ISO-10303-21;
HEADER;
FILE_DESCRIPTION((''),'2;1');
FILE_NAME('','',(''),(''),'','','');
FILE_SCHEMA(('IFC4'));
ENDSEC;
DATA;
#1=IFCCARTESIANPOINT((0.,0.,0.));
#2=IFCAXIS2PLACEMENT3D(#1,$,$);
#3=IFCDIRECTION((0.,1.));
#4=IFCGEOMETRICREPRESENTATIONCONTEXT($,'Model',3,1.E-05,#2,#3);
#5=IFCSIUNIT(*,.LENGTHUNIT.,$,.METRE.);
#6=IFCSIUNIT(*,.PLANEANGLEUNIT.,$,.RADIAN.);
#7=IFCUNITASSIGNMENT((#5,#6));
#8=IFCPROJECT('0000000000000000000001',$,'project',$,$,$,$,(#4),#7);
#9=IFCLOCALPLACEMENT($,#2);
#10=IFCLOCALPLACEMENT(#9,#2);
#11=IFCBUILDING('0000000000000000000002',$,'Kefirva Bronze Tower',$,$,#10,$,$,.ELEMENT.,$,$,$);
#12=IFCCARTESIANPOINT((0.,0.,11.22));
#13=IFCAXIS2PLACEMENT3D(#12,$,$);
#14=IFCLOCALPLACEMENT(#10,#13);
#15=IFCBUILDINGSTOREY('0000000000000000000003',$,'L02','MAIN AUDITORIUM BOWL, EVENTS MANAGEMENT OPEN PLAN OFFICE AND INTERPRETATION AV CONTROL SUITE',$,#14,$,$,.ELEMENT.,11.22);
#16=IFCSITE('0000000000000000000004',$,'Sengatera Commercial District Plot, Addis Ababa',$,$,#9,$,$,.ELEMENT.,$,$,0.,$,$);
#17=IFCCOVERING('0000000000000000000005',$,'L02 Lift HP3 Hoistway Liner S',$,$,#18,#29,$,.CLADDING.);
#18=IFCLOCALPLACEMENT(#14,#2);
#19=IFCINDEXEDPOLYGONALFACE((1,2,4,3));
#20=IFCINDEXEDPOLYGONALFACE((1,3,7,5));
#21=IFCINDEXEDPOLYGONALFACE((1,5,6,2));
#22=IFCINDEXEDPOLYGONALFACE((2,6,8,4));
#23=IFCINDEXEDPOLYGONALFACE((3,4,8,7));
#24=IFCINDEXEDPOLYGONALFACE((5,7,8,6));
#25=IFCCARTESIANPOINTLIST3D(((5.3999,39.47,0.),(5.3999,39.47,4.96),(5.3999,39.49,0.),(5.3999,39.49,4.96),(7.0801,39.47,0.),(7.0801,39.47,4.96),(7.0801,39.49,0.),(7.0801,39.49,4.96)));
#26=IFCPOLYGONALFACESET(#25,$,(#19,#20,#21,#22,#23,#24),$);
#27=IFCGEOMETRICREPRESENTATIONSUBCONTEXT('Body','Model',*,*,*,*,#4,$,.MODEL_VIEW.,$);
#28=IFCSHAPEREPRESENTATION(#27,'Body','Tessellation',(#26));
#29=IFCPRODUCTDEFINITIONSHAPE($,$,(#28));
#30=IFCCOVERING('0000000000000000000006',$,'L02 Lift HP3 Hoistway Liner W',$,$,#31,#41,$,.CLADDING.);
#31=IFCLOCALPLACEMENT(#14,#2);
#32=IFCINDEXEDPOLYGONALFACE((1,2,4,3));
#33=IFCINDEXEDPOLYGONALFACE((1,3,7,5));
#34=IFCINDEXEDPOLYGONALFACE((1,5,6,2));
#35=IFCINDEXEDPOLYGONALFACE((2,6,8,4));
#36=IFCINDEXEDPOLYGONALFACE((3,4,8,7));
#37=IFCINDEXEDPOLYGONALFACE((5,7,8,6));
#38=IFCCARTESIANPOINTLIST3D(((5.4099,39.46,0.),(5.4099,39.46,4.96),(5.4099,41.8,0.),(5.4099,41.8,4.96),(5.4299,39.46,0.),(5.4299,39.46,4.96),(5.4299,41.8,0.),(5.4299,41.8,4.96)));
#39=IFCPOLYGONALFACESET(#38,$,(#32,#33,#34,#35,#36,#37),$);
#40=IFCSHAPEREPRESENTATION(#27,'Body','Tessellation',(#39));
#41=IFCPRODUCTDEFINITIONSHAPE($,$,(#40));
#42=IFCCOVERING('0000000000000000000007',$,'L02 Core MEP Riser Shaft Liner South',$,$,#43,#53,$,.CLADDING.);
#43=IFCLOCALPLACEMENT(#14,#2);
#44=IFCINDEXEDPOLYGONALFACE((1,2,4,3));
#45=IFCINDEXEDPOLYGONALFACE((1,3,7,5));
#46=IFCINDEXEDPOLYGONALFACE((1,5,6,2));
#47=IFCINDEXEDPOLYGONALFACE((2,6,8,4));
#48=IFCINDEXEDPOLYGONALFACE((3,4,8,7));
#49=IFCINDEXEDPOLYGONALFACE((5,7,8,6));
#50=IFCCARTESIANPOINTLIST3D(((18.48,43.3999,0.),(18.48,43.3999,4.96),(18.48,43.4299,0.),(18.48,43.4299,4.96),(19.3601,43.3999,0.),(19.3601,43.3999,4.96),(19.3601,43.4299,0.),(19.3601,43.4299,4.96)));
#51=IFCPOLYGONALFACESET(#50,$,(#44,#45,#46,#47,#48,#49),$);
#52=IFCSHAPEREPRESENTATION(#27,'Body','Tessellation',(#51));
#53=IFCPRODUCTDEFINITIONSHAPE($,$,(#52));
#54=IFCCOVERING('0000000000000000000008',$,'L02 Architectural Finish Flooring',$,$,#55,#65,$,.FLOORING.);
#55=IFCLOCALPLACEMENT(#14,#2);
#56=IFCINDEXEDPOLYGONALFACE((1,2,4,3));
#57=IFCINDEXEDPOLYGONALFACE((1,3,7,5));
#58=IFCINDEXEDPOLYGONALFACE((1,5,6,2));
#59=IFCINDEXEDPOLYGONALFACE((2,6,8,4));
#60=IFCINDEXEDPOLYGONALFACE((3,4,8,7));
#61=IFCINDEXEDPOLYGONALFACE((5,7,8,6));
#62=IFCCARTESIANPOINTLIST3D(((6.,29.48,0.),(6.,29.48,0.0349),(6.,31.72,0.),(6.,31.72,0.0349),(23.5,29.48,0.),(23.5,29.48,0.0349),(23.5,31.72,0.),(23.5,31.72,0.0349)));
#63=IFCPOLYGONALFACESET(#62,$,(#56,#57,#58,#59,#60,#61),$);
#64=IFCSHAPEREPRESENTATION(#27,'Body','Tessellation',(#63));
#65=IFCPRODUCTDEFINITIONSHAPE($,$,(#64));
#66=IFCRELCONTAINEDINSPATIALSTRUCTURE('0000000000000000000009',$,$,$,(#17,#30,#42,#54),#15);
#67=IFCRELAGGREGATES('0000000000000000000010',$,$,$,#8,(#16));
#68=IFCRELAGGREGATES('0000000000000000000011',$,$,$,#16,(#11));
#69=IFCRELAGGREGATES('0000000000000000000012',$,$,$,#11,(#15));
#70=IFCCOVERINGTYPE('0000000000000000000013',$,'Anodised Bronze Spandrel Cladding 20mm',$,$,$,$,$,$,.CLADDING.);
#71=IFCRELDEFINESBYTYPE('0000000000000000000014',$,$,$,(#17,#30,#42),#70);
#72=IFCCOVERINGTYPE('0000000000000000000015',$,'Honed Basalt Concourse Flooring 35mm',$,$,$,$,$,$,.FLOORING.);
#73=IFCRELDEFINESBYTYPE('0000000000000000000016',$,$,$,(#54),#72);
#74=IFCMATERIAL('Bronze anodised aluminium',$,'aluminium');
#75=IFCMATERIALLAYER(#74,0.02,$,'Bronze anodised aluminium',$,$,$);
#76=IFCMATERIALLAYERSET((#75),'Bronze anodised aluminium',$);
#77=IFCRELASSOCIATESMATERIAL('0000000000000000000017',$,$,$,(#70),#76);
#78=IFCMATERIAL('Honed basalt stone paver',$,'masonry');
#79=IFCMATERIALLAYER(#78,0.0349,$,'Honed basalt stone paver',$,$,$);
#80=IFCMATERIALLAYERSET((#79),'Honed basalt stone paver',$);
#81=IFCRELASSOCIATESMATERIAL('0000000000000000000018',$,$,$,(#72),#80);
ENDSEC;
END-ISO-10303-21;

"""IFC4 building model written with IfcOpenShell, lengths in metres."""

from ifc_helpers import new_model, si_unit, direction, frame, origin, place, context, subcontext, project, spatial, polyline, outline, extrude, material, layer, layer_set, type_object, element, save


model = new_model("IFC4")

# Units and contexts
model_context = context("Model", 3, precision=1e-05, world=origin(), true_north=direction((0.0, 1.0)))
body_context = subcontext(model_context, "Body", "Model", "MODEL_VIEW")
ifc_project = project(units=[si_unit("LENGTHUNIT", "METRE"), si_unit("PLANEANGLEUNIT", "RADIAN")], contexts=[model_context])

# Site, building, storey
site_placement = place(None, origin())
site = spatial("IfcSite", under=ifc_project, at=site_placement, Name="Sengatera Commercial District Plot, Addis Ababa", CompositionType="ELEMENT", RefElevation=0.0)
building_placement = place(site_placement, origin())
building = spatial("IfcBuilding", under=site, at=building_placement, Name="Kefirva Bronze Tower", CompositionType="ELEMENT")
storey_placement = place(building_placement, frame((0.0, 0.0, 11.22)))
storey = spatial("IfcBuildingStorey", under=building, at=storey_placement, Name="L02", Description="MAIN AUDITORIUM BOWL, EVENTS MANAGEMENT OPEN PLAN OFFICE AND INTERPRETATION AV CONTROL SUITE", CompositionType="ELEMENT", Elevation=11.22)

# Shared definitions
ifc_material_1 = material(Name="Bronze anodised aluminium", Category="aluminium")

# Coverings
ifc_layer_1 = layer(ifc_material_1, 0.02, Name="Bronze anodised aluminium")
ifc_layer_set_1 = layer_set([ifc_layer_1], Name="Bronze anodised aluminium")
covering_type_1 = type_object("IfcCoveringType", Name="Anodised Bronze Spandrel Cladding 20mm", PredefinedType="CLADDING", material=ifc_layer_set_1)
covering_1_placement = place(storey_placement, origin())
element("IfcCovering", 1, at=covering_1_placement, inside=storey, type_object=covering_type_1, Name="L02 Lift HP3 Hoistway Liner S", PredefinedType="CLADDING", context=body_context, shape_type="SweptSolid", body=[
    extrude(outline(polyline([(5.3999, 39.47), (7.0801, 39.47), (7.0801, 39.49), (5.3999, 39.49), (5.3999, 39.47)])), origin(), (0.0, 0.0, 1.0), 4.96),
])
covering_2_placement = place(storey_placement, origin())
element("IfcCovering", 2, at=covering_2_placement, inside=storey, type_object=covering_type_1, Name="L02 Lift HP3 Hoistway Liner W", PredefinedType="CLADDING", context=body_context, shape_type="SweptSolid", body=[
    extrude(outline(polyline([(5.4099, 39.46), (5.4299, 39.46), (5.4299, 41.8), (5.4099, 41.8), (5.4099, 39.46)])), origin(), (0.0, 0.0, 1.0), 4.96),
])
covering_3_placement = place(storey_placement, origin())
element("IfcCovering", 3, at=covering_3_placement, inside=storey, type_object=covering_type_1, Name="L02 Core MEP Riser Shaft Liner South", PredefinedType="CLADDING", context=body_context, shape_type="SweptSolid", body=[
    extrude(outline(polyline([(18.48, 43.3999), (19.3601, 43.3999), (19.3601, 43.4299), (18.48, 43.4299), (18.48, 43.3999)])), origin(), (0.0, 0.0, 1.0), 4.96),
])
ifc_material_2 = material(Name="Honed basalt stone paver", Category="masonry")
ifc_layer_2 = layer(ifc_material_2, 0.0349, Name="Honed basalt stone paver")
ifc_layer_set_2 = layer_set([ifc_layer_2], Name="Honed basalt stone paver")
covering_type_2 = type_object("IfcCoveringType", Name="Honed Basalt Concourse Flooring 35mm", PredefinedType="FLOORING", material=ifc_layer_set_2)
covering_4_placement = place(storey_placement, origin())
element("IfcCovering", 4, at=covering_4_placement, inside=storey, type_object=covering_type_2, Name="L02 Architectural Finish Flooring", PredefinedType="FLOORING", context=body_context, shape_type="SweptSolid", body=[
    extrude(outline(polyline([(6.0, 29.48), (23.5, 29.48), (23.5, 31.72), (6.0, 31.72), (6.0, 29.48)])), origin(), (0.0, 0.0, 1.0), 0.0349),
])

save(model, "model.ifc")
